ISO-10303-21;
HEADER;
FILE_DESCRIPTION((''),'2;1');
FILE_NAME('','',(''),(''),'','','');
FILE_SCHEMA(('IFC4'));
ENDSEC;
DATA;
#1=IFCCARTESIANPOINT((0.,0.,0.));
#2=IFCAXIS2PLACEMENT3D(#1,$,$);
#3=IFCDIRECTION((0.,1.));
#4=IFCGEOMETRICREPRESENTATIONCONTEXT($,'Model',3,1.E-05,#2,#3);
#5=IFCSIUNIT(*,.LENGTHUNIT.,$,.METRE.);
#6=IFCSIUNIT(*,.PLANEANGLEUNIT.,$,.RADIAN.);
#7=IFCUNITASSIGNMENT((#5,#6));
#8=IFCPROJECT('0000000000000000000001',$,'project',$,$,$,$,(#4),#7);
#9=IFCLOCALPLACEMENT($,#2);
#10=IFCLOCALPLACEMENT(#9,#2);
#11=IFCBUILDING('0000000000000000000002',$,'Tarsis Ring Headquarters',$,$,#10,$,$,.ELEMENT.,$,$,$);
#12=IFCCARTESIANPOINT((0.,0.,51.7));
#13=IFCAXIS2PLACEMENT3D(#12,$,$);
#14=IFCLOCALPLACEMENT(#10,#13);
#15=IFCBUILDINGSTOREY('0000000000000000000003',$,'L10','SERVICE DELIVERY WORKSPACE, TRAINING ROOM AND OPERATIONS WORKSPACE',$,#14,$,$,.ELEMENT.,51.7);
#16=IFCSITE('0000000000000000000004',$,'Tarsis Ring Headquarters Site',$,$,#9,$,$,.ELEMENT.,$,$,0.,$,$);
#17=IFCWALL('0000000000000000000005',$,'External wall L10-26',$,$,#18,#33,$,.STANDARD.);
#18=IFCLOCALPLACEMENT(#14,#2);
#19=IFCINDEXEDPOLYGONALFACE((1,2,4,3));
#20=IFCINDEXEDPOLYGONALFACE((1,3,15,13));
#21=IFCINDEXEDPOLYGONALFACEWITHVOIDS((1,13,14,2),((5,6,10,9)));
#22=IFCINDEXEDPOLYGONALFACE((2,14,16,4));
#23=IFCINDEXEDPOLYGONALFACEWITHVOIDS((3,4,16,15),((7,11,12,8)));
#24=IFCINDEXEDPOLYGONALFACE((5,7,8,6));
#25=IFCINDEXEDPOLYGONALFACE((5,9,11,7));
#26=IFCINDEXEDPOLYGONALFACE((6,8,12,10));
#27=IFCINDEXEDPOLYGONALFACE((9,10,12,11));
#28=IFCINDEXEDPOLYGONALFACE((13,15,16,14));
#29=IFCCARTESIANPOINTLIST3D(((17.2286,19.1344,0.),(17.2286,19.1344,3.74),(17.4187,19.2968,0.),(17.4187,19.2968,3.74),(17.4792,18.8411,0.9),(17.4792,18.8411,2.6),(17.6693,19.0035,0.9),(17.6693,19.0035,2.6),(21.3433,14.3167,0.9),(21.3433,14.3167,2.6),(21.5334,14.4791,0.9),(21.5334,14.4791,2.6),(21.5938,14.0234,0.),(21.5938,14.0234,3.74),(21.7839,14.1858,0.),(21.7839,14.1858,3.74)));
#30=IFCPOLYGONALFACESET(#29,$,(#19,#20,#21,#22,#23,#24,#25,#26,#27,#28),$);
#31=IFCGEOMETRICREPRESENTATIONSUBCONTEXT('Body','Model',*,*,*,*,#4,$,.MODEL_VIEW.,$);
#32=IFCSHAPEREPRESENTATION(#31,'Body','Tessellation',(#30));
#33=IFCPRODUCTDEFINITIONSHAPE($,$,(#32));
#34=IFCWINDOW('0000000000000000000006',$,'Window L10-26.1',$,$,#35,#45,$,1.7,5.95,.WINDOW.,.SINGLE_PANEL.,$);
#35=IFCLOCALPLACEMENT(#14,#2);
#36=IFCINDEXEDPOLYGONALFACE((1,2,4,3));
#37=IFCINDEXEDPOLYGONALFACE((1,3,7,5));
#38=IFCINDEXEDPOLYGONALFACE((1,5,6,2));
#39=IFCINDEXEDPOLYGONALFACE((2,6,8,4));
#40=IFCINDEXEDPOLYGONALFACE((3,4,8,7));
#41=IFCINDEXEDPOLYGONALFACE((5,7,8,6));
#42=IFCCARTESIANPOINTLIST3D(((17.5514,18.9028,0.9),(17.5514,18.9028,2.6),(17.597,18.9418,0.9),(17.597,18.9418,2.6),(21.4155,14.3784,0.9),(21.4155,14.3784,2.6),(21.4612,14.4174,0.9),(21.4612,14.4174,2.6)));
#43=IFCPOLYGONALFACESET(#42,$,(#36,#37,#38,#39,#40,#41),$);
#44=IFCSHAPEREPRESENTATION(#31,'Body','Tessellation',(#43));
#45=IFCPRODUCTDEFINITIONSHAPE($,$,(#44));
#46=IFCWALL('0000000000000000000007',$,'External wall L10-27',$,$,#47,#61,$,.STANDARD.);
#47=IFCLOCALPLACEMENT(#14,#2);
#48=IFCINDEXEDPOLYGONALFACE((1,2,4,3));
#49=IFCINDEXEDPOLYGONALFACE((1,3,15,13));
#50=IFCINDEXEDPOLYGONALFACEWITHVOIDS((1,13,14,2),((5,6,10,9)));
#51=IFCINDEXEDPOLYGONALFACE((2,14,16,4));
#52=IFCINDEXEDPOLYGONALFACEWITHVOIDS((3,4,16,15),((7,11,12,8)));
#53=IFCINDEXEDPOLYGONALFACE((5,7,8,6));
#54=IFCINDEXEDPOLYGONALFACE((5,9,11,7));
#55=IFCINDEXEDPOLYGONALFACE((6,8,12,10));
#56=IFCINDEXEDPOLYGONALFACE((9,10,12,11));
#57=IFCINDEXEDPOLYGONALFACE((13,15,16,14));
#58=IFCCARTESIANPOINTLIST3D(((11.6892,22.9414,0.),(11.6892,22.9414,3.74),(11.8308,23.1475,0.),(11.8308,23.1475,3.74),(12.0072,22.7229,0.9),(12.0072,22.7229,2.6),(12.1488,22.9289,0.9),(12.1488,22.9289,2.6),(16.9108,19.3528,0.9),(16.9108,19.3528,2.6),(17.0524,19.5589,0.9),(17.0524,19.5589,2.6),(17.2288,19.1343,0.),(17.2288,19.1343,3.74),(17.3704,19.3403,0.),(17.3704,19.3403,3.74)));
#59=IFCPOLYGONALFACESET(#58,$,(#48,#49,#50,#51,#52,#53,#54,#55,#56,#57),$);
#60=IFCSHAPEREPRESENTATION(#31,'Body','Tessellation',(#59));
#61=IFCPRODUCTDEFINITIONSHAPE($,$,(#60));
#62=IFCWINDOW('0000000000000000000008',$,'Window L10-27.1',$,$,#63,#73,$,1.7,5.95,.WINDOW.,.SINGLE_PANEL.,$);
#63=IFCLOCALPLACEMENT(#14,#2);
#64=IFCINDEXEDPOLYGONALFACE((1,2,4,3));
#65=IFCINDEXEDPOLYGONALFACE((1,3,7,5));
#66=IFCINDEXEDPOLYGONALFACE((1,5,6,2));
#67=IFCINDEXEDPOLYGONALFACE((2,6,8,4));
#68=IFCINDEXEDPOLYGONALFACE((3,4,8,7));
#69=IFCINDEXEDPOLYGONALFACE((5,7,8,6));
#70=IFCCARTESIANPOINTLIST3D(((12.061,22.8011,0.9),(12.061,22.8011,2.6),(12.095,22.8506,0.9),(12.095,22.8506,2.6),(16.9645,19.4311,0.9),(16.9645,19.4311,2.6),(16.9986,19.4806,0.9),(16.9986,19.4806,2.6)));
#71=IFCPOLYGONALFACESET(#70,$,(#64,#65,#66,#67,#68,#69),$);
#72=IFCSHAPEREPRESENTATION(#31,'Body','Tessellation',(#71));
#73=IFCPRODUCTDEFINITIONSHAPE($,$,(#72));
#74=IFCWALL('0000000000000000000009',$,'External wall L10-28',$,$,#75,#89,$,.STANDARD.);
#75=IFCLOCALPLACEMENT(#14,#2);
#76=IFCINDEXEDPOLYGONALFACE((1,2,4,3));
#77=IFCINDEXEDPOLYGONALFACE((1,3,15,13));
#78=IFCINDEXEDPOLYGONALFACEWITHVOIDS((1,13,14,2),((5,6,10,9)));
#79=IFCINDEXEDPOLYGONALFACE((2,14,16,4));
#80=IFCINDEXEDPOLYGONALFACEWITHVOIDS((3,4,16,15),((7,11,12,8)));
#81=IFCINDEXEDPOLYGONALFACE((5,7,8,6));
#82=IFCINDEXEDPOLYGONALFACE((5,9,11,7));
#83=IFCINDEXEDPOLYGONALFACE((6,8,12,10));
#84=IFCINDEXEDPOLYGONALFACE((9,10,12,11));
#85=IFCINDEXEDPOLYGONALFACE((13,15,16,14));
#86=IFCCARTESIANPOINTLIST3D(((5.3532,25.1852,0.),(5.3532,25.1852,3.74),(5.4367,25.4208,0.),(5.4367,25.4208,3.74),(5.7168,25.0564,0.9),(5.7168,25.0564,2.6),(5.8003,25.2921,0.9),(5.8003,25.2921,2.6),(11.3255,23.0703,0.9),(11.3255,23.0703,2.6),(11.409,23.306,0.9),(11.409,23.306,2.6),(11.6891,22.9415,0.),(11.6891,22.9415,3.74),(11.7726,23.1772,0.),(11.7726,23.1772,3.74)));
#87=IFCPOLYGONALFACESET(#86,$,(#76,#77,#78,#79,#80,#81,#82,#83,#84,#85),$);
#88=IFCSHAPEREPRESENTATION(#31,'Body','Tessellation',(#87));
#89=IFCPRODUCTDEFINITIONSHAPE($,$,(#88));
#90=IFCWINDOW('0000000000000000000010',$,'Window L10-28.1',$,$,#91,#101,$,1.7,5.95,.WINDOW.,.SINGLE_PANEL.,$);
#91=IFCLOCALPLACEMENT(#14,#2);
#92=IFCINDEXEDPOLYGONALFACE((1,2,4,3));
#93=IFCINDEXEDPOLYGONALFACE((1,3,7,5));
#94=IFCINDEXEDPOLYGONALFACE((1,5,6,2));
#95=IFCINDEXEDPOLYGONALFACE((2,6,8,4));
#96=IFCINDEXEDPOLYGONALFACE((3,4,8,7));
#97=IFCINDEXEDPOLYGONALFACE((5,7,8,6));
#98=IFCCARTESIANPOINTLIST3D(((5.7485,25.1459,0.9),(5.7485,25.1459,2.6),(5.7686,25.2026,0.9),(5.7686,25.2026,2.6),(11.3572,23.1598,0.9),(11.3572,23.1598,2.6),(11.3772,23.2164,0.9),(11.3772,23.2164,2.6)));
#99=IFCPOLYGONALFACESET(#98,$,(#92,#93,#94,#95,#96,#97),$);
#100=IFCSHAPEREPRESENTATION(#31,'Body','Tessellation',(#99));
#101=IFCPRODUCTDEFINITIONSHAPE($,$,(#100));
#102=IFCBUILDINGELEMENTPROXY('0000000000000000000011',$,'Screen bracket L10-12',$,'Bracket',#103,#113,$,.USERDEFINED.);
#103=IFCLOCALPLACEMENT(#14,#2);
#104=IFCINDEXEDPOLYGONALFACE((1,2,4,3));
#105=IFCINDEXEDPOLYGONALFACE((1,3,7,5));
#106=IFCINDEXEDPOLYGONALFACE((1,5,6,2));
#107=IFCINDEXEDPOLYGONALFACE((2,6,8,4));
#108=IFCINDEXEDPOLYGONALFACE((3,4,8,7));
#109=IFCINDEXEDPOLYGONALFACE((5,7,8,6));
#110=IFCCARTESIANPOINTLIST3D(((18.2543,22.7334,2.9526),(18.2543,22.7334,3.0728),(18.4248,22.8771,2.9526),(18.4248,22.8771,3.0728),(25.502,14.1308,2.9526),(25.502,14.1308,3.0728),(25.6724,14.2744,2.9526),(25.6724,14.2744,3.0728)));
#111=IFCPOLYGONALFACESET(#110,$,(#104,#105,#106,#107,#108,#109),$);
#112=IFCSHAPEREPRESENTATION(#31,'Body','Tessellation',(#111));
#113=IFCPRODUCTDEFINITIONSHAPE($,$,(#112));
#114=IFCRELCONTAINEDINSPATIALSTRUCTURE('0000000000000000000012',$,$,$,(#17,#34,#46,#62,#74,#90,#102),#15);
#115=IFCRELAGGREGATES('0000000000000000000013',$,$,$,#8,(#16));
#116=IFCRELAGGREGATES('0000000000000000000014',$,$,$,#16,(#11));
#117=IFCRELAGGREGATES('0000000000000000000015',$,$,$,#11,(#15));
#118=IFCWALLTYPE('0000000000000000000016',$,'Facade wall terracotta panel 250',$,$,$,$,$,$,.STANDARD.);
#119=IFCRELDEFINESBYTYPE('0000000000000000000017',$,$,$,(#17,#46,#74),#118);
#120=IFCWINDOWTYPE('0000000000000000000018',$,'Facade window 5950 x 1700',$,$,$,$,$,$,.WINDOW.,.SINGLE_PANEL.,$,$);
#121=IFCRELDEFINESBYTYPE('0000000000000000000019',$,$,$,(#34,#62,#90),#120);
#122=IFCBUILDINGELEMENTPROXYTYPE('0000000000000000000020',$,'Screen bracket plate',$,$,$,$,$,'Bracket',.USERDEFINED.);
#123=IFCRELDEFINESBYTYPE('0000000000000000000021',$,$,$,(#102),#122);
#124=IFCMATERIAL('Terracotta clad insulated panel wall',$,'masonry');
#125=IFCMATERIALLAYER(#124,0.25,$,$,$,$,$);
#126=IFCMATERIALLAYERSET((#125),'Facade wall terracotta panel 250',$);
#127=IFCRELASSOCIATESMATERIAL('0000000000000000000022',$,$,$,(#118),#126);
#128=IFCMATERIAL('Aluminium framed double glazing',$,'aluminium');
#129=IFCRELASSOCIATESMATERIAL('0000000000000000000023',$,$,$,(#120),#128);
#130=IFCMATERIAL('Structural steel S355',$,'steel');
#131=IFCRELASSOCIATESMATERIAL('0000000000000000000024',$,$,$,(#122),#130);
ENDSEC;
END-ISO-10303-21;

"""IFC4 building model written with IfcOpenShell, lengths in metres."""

from ifc_helpers import new_model, si_unit, direction, frame, frame_2d, origin, origin_2d, place, context, subcontext, project, spatial, rectangle, extrude, material, layer, layer_set, type_object, element, fill, save


model = new_model("IFC4")

# Units and contexts
model_context = context("Model", 3, precision=1e-05, world=origin(), true_north=direction((0.0, 1.0)))
body_context = subcontext(model_context, "Body", "Model", "MODEL_VIEW")
ifc_project = project(units=[si_unit("LENGTHUNIT", "METRE"), si_unit("PLANEANGLEUNIT", "RADIAN")], contexts=[model_context])

# Site, building, storey
site_placement = place(None, origin())
site = spatial("IfcSite", under=ifc_project, at=site_placement, Name="Tarsis Ring Headquarters Site", CompositionType="ELEMENT", RefElevation=0.0)
building_placement = place(site_placement, origin())
building = spatial("IfcBuilding", under=site, at=building_placement, Name="Tarsis Ring Headquarters", CompositionType="ELEMENT")
storey_placement = place(building_placement, frame((0.0, 0.0, 51.7)))
storey = spatial("IfcBuildingStorey", under=building, at=storey_placement, Name="L10", Description="SERVICE DELIVERY WORKSPACE, TRAINING ROOM AND OPERATIONS WORKSPACE", CompositionType="ELEMENT", Elevation=51.7)

# Shared definitions
ifc_material_1 = material(Name="Structural steel S355", Category="steel")

# Walls, openings, windows
ifc_material_2 = material(Name="Terracotta clad insulated panel wall", Category="masonry")
ifc_layer = layer(ifc_material_2, 0.25)
ifc_layer_set = layer_set([ifc_layer], Name="Facade wall terracotta panel 250")
wall_type = type_object("IfcWallType", Name="Facade wall terracotta panel 250", PredefinedType="STANDARD", material=ifc_layer_set)
wall_1_placement = place(storey_placement, frame((21.689, 14.1045, 0.0), z_axis=(0.0, 0.0, 1.0), x_axis=(-0.649444, 0.760409, 0.0)))
wall_1 = element("IfcWall", 1, at=wall_1_placement, inside=storey, type_object=wall_type, Name="External wall L10-26", PredefinedType="STANDARD", context=body_context, shape_type="SweptSolid", body=[
    extrude(rectangle(XDim=6.7214, YDim=0.25, at=frame_2d((3.3608, 0.0))), origin(), (0.0, 0.0, 1.0), 3.74),
])
opening_1_placement = place(wall_1_placement, frame((0.3857, 0.0, 0.8999)))
opening_1 = element("IfcOpeningElement", 2, at=opening_1_placement, cuts=wall_1, PredefinedType="OPENING", context=body_context, shape_type="SweptSolid", body=[
    extrude(rectangle(XDim=5.95, YDim=1.7, at=frame_2d((2.9751, 0.8501))), frame((0.0, 0.135, 0.0), z_axis=(0.0, -1.0, 0.0), x_axis=(1.0, 0.0, 0.0)), (0.0, 0.0, 1.0), 0.27),
])
ifc_material_3 = material(Name="Aluminium framed double glazing", Category="aluminium")
window_type = type_object("IfcWindowType", Name="Facade window 5950 x 1700", PartitioningType="SINGLE_PANEL", PredefinedType="WINDOW", material=ifc_material_3)
window_1_placement = place(opening_1_placement, origin())
window_1 = element("IfcWindow", 3, at=window_1_placement, inside=storey, type_object=window_type, Name="Window L10-26.1", OverallHeight=1.7, OverallWidth=5.95, PartitioningType="SINGLE_PANEL", PredefinedType="WINDOW", context=body_context, shape_type="SweptSolid", body=[
    extrude(rectangle(XDim=5.95, YDim=1.7, at=frame_2d((2.9751, 0.8501))), frame((0.0, 0.03, 0.0), z_axis=(0.0, -1.0, 0.0), x_axis=(1.0, 0.0, 0.0)), (0.0, 0.0, 1.0), 0.0601),
])
fill(opening_1, window_1)
wall_2_placement = place(storey_placement, frame((17.2996, 19.2373, 0.0), z_axis=(0.0, 0.0, 1.0), x_axis=(-0.824133, 0.566396, 0.0)))
wall_2 = element("IfcWall", 4, at=wall_2_placement, inside=storey, type_object=wall_type, Name="External wall L10-27", PredefinedType="STANDARD", context=body_context, shape_type="SweptSolid", body=[
    extrude(rectangle(XDim=6.7217, YDim=0.25, at=frame_2d((3.3608, 0.0))), origin(), (0.0, 0.0, 1.0), 3.74),
])
opening_2_placement = place(wall_2_placement, frame((0.3857, 0.0, 0.8999)))
opening_2 = element("IfcOpeningElement", 5, at=opening_2_placement, cuts=wall_2, PredefinedType="OPENING", context=body_context, shape_type="SweptSolid", body=[
    extrude(rectangle(XDim=5.95, YDim=1.7, at=frame_2d((2.9751, 0.8501))), frame((0.0, 0.135, 0.0), z_axis=(0.0, -1.0, 0.0), x_axis=(1.0, 0.0, 0.0)), (0.0, 0.0, 1.0), 0.27),
])
window_2_placement = place(opening_2_placement, origin())
window_2 = element("IfcWindow", 6, at=window_2_placement, inside=storey, type_object=window_type, Name="Window L10-27.1", OverallHeight=1.7, OverallWidth=5.95, PartitioningType="SINGLE_PANEL", PredefinedType="WINDOW", context=body_context, shape_type="SweptSolid", body=[
    extrude(rectangle(XDim=5.95, YDim=1.7, at=frame_2d((2.9751, 0.8501))), frame((0.0, 0.03, 0.0), z_axis=(0.0, -1.0, 0.0), x_axis=(1.0, 0.0, 0.0)), (0.0, 0.0, 1.0), 0.0601),
])
fill(opening_2, window_2)
wall_3_placement = place(storey_placement, frame((11.731, 23.0593, 0.0), z_axis=(0.0, 0.0, 1.0), x_axis=(-0.942642, 0.333804, 0.0)))
wall_3 = element("IfcWall", 7, at=wall_3_placement, inside=storey, type_object=wall_type, Name="External wall L10-28", PredefinedType="STANDARD", context=body_context, shape_type="SweptSolid", body=[
    extrude(rectangle(XDim=6.7214, YDim=0.25, at=frame_2d((3.3608, 0.0))), origin(), (0.0, 0.0, 1.0), 3.74),
])
opening_3_placement = place(wall_3_placement, frame((0.3857, 0.0, 0.8999)))
opening_3 = element("IfcOpeningElement", 8, at=opening_3_placement, cuts=wall_3, PredefinedType="OPENING", context=body_context, shape_type="SweptSolid", body=[
    extrude(rectangle(XDim=5.95, YDim=1.7, at=frame_2d((2.9751, 0.8501))), frame((0.0, 0.135, 0.0), z_axis=(0.0, -1.0, 0.0), x_axis=(1.0, 0.0, 0.0)), (0.0, 0.0, 1.0), 0.27),
])
window_3_placement = place(opening_3_placement, origin())
window_3 = element("IfcWindow", 9, at=window_3_placement, inside=storey, type_object=window_type, Name="Window L10-28.1", OverallHeight=1.7, OverallWidth=5.95, PartitioningType="SINGLE_PANEL", PredefinedType="WINDOW", context=body_context, shape_type="SweptSolid", body=[
    extrude(rectangle(XDim=5.95, YDim=1.7, at=frame_2d((2.9751, 0.8501))), frame((0.0, 0.03, 0.0), z_axis=(0.0, -1.0, 0.0), x_axis=(1.0, 0.0, 0.0)), (0.0, 0.0, 1.0), 0.0601),
])
fill(opening_3, window_3)

# Building element proxy
building_element_proxy_type = type_object("IfcBuildingElementProxyType", Name="Screen bracket plate", ElementType="Bracket", PredefinedType="USERDEFINED", material=ifc_material_1)
proxy_placement = place(storey_placement, frame((21.9634, 18.5039, 2.9526), z_axis=(0.0, 0.0, 1.0), x_axis=(-0.644307, 0.764767, 0.0)))
element("IfcBuildingElementProxy", 10, at=proxy_placement, inside=storey, type_object=building_element_proxy_type, Name="Screen bracket L10-12", ObjectType="Bracket", PredefinedType="USERDEFINED", context=body_context, shape_type="SweptSolid", body=[
    extrude(rectangle(XDim=11.2488, YDim=0.2229, at=origin_2d()), origin(), (0.0, 0.0, 1.0), 0.1201),
])

save(model, "model.ifc")
